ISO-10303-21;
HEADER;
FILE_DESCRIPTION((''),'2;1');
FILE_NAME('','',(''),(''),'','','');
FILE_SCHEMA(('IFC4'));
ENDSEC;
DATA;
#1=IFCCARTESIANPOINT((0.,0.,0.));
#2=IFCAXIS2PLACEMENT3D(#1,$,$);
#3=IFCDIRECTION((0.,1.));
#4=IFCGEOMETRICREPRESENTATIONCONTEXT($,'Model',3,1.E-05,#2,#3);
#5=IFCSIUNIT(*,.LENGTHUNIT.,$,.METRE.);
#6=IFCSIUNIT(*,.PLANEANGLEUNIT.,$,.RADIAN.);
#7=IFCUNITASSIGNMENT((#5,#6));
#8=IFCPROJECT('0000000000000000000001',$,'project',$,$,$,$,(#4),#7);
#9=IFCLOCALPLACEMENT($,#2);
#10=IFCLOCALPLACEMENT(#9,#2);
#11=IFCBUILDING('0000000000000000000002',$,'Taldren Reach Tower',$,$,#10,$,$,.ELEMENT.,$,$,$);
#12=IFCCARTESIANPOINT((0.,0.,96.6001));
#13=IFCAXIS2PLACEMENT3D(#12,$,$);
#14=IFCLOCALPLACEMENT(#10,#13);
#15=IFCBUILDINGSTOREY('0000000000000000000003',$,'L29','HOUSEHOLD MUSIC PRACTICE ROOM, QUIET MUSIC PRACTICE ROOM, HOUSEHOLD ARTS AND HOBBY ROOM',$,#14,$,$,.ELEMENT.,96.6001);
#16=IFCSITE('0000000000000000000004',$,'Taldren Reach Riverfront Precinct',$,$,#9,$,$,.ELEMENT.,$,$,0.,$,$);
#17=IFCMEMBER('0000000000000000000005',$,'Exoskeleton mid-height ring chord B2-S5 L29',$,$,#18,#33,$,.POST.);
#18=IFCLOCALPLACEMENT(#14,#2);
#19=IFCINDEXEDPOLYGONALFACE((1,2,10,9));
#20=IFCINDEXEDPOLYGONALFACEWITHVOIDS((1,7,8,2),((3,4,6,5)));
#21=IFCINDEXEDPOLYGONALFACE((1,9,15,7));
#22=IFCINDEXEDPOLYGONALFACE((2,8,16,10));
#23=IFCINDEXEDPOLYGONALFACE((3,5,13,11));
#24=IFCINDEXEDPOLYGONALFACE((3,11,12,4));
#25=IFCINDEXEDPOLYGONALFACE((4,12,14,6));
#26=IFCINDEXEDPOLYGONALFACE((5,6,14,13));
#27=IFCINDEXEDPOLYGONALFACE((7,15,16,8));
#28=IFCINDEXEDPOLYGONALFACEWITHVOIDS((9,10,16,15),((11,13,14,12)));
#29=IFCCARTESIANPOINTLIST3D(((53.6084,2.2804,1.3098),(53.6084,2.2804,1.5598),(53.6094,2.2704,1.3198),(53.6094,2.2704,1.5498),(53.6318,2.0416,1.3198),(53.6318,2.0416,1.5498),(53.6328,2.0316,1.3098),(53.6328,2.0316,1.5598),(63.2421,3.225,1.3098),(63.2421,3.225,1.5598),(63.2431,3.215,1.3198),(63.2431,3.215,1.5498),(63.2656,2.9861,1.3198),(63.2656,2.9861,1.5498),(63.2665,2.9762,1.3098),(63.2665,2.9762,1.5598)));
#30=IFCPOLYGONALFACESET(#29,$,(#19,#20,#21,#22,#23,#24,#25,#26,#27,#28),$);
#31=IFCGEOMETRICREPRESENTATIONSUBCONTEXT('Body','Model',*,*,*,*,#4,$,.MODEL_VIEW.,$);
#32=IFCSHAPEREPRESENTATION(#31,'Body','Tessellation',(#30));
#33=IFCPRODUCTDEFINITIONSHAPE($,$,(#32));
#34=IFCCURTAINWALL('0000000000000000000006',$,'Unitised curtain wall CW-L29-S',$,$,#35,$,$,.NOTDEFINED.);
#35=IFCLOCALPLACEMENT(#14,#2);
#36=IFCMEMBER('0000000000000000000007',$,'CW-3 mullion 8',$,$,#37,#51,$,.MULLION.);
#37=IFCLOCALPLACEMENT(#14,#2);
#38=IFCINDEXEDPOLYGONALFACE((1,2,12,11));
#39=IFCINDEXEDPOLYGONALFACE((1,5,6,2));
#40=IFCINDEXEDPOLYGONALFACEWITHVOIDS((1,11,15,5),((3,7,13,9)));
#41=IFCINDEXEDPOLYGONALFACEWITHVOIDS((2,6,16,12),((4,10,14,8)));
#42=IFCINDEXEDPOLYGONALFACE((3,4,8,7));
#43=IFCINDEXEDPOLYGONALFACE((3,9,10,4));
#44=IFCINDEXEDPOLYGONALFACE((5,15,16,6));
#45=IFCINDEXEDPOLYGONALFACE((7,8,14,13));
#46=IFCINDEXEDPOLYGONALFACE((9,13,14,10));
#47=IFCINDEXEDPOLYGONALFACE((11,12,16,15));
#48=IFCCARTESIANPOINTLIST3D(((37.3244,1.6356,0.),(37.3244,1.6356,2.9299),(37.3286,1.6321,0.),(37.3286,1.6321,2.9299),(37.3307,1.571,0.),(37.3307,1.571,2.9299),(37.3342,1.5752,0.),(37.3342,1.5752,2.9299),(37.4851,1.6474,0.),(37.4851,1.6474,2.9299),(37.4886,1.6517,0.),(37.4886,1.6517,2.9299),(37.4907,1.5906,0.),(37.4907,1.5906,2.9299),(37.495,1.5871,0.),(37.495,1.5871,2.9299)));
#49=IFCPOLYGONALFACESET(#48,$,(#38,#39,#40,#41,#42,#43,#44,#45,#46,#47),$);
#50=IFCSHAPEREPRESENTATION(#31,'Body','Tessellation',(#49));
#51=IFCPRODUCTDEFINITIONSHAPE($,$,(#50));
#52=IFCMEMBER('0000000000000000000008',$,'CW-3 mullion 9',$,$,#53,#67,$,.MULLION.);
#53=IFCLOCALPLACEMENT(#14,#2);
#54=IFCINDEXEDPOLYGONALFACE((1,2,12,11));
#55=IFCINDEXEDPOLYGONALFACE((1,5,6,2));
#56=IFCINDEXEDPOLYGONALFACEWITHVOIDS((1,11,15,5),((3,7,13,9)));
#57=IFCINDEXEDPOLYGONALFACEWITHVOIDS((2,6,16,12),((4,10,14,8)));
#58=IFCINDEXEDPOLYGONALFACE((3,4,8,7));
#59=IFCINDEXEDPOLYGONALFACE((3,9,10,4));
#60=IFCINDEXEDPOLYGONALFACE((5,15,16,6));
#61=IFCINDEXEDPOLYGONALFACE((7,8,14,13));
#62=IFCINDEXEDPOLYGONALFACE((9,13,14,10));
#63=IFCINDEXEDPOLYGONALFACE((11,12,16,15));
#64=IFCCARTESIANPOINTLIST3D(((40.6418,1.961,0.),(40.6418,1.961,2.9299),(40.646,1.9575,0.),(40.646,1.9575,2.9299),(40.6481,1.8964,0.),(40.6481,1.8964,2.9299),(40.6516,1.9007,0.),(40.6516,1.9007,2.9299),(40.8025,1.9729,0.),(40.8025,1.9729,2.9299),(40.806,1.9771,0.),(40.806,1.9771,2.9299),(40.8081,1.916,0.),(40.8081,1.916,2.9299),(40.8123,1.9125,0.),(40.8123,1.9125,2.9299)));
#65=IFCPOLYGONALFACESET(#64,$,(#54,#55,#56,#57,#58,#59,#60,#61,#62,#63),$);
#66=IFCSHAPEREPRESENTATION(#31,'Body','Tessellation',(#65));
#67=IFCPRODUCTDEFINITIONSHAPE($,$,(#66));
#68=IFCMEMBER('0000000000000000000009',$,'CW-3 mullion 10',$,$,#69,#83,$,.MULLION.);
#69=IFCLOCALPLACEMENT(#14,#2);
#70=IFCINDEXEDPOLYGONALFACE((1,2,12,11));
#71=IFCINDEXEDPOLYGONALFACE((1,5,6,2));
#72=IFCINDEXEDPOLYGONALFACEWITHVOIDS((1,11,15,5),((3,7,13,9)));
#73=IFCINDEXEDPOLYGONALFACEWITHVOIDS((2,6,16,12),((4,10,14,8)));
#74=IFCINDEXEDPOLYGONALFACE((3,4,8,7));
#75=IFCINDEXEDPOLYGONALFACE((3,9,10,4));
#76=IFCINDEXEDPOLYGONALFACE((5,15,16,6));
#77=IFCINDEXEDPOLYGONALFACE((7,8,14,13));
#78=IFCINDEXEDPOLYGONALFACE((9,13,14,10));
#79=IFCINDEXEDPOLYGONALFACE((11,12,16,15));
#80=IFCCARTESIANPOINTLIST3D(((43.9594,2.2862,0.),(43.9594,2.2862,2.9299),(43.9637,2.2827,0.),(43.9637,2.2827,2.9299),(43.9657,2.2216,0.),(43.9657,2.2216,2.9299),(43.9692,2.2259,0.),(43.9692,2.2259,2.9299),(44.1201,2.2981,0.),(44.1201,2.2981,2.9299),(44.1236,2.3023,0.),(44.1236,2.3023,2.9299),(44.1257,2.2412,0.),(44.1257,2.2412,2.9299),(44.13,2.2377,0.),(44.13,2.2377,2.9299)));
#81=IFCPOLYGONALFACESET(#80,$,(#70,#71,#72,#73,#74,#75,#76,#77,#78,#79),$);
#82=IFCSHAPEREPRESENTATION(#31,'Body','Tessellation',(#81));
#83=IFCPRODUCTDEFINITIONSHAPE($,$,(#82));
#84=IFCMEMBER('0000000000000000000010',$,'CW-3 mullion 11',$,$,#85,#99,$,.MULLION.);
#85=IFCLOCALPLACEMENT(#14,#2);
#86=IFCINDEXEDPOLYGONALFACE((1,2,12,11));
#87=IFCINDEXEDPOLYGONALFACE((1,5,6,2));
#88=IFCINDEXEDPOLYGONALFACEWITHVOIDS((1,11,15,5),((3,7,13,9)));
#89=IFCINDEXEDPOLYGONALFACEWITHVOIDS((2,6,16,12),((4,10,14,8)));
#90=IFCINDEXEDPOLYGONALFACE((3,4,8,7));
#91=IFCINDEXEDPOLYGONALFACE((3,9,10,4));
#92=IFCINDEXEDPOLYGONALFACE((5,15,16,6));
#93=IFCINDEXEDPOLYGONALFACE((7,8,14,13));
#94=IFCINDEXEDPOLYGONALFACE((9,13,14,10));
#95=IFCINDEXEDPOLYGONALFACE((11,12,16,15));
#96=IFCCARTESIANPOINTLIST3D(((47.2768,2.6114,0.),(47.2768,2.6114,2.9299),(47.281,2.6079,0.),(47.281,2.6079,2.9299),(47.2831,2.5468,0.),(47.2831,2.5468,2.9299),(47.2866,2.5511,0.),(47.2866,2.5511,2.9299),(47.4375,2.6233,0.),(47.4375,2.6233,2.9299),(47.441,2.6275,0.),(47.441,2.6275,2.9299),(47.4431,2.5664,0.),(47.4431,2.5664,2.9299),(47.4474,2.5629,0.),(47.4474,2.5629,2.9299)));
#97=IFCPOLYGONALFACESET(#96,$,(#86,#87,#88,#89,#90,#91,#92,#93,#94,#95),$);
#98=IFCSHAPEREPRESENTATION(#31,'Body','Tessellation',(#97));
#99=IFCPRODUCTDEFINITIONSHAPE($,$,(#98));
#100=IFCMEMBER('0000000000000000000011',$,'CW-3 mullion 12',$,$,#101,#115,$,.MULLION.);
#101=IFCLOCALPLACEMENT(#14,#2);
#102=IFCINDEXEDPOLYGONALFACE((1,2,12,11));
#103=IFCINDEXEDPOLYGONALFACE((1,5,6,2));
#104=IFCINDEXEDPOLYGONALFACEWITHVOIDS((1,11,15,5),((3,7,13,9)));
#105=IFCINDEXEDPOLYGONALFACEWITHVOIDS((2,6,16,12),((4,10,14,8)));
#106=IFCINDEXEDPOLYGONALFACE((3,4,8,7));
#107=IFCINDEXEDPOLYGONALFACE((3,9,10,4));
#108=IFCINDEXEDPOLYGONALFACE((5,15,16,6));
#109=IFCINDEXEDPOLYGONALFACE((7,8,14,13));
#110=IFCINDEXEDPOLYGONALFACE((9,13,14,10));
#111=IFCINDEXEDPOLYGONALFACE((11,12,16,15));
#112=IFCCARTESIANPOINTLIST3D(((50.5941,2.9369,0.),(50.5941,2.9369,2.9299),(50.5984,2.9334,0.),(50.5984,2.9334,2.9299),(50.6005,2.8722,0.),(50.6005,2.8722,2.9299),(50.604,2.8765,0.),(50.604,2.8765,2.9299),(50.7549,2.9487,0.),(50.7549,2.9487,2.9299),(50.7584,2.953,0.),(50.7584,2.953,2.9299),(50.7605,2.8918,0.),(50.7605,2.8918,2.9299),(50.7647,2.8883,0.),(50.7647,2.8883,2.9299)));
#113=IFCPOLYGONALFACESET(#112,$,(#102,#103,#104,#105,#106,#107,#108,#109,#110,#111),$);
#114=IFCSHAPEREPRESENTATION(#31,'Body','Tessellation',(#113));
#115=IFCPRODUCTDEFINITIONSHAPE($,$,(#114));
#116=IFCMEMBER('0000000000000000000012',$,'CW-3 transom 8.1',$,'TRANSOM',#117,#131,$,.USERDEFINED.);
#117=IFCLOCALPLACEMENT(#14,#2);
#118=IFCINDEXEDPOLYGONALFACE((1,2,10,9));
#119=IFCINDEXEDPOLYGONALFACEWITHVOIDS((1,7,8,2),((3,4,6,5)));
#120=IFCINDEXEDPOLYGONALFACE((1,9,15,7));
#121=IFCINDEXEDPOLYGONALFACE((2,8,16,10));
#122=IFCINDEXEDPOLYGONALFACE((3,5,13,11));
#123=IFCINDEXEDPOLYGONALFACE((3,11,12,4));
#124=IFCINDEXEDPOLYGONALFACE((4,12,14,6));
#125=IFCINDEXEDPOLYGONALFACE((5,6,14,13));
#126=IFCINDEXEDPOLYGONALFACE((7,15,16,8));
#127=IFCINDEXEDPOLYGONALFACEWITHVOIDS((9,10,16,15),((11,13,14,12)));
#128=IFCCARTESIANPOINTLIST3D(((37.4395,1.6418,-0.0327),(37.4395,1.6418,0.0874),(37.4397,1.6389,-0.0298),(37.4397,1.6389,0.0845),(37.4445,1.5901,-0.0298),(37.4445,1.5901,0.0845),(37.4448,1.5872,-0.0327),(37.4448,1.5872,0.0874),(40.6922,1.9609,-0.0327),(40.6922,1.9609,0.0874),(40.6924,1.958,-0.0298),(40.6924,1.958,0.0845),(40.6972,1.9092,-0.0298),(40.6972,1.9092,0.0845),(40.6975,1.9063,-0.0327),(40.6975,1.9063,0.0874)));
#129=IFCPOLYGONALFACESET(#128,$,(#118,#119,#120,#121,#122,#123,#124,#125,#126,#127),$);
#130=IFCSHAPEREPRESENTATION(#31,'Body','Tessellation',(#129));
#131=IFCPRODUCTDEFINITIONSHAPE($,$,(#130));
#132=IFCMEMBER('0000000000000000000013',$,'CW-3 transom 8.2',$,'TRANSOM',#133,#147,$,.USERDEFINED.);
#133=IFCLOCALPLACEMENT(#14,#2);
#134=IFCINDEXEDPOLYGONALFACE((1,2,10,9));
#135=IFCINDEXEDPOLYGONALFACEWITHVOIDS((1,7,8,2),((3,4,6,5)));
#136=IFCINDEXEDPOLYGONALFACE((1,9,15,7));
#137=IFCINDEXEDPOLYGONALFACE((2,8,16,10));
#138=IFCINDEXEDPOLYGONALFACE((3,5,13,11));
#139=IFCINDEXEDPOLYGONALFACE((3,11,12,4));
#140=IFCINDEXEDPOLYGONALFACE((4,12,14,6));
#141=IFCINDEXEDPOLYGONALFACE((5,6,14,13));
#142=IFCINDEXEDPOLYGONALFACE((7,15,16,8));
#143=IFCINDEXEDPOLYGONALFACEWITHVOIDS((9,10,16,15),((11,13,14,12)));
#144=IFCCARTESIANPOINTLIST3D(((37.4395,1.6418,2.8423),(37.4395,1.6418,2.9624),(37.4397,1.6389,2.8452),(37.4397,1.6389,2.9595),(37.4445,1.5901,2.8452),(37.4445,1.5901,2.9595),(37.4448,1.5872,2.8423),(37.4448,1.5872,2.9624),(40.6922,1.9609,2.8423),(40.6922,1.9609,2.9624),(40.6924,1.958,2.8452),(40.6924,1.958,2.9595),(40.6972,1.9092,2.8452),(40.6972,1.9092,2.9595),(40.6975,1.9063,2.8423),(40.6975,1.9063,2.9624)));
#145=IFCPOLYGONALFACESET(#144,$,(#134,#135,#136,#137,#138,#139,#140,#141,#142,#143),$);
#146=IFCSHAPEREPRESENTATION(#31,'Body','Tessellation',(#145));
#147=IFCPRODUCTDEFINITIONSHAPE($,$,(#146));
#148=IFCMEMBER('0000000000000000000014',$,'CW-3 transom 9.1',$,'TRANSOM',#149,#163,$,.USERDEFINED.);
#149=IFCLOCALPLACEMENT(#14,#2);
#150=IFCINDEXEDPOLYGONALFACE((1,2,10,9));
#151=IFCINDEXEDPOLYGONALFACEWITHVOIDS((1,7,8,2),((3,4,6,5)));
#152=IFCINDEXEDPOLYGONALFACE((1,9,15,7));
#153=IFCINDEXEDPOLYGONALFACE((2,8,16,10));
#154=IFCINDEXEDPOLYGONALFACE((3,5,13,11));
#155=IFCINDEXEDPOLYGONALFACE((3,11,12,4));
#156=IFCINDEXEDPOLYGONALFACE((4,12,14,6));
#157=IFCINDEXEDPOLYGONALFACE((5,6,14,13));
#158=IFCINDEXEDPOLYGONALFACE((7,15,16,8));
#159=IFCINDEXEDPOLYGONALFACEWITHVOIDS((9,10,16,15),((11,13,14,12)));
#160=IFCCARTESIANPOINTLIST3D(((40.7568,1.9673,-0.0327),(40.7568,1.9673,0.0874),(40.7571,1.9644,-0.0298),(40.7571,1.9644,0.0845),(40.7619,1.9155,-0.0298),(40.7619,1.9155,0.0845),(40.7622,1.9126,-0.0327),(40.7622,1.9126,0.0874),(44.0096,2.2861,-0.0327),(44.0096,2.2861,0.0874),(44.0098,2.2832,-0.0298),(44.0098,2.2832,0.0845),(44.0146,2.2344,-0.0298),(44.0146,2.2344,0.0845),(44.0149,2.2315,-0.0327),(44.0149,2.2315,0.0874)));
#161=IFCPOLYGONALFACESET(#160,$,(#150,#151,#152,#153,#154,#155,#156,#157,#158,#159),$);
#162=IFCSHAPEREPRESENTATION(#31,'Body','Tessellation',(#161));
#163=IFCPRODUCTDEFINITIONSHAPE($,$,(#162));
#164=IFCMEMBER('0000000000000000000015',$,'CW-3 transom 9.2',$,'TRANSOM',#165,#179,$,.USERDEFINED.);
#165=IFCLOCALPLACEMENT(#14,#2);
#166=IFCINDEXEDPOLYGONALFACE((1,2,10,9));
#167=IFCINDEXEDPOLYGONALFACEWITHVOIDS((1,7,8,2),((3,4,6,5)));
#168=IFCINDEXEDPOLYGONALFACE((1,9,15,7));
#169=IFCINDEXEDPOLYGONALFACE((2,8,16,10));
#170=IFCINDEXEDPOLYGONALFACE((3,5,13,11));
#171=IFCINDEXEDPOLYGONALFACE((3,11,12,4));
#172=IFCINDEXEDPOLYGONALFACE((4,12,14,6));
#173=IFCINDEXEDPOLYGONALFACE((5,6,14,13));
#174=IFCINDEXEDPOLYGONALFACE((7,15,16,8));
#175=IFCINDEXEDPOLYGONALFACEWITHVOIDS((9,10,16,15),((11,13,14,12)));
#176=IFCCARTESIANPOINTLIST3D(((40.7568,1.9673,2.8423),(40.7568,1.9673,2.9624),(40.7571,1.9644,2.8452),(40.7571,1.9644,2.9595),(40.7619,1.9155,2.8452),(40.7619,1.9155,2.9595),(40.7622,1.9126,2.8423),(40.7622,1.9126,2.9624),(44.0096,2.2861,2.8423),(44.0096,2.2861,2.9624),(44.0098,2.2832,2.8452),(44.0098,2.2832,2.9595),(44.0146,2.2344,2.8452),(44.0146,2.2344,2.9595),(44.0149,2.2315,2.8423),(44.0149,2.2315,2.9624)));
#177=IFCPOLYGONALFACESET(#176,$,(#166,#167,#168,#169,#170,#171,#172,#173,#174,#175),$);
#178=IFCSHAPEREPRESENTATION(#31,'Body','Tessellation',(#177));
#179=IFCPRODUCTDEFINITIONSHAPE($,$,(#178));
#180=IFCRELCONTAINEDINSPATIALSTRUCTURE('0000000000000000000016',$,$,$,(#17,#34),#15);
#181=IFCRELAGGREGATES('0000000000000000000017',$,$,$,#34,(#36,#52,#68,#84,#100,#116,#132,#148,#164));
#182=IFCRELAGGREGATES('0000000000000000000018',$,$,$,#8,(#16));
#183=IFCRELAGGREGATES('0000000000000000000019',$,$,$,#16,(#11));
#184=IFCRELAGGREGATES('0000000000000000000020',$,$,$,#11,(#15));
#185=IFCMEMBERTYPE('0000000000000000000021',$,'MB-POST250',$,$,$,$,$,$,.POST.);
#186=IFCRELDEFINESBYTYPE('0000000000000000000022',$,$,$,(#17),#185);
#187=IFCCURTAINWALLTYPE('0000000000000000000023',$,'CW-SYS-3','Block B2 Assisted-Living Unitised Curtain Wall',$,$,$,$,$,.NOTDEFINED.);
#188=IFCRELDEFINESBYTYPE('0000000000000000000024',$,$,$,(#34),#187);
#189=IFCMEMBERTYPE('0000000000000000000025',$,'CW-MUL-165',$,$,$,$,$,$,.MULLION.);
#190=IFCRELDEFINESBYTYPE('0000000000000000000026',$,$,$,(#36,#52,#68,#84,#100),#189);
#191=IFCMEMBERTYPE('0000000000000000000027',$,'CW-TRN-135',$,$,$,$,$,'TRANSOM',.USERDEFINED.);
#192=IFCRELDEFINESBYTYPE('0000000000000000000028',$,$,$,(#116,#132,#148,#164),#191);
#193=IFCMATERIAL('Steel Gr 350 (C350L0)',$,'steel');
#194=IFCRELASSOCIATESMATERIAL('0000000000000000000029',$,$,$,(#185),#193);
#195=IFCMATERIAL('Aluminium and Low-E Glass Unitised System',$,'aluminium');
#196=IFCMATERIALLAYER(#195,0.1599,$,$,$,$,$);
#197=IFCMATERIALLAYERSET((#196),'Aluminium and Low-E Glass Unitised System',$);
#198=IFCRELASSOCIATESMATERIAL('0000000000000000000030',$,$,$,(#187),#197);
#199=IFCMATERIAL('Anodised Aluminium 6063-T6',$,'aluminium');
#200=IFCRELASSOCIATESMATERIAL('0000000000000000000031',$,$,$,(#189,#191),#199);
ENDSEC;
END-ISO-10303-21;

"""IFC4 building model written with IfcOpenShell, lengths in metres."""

from ifc_helpers import new_model, si_unit, direction, frame, origin, origin_2d, place, context, subcontext, project, spatial, hollow_rectangle, extrude, source, transform, mapped, material, layer, layer_set, material_profile, profile_set, type_object, element, aggregate, save


model = new_model("IFC4")

# Units and contexts
model_context = context("Model", 3, precision=1e-05, world=origin(), true_north=direction((0.0, 1.0)))
body_context = subcontext(model_context, "Body", "Model", "MODEL_VIEW")
ifc_project = project(units=[si_unit("LENGTHUNIT", "METRE"), si_unit("PLANEANGLEUNIT", "RADIAN")], contexts=[model_context])

# Site, building, storey
site_placement = place(None, origin())
site = spatial("IfcSite", under=ifc_project, at=site_placement, Name="Taldren Reach Riverfront Precinct", CompositionType="ELEMENT", RefElevation=0.0)
building_placement = place(site_placement, origin())
building = spatial("IfcBuilding", under=site, at=building_placement, Name="Taldren Reach Tower", CompositionType="ELEMENT")
storey_placement = place(building_placement, frame((0.0, 0.0, 96.6001)))
storey = spatial("IfcBuildingStorey", under=building, at=storey_placement, Name="L29", Description="HOUSEHOLD MUSIC PRACTICE ROOM, QUIET MUSIC PRACTICE ROOM, HOUSEHOLD ARTS AND HOBBY ROOM", CompositionType="ELEMENT", Elevation=96.6001)

# Shared definitions
ifc_material_1 = material(Name="Steel Gr 350 (C350L0)", Category="steel")
ifc_material_profile_1 = material_profile(ifc_material_1, hollow_rectangle(XDim=0.25, YDim=0.25, WallThickness=0.01, at=origin_2d()), Name="250x250x10.0SHS")
ifc_profile_set_1 = profile_set([ifc_material_profile_1], Name="Steel Gr 350 (C350L0)")
member_type_1 = type_object("IfcMemberType", Name="MB-POST250", PredefinedType="POST", material=ifc_profile_set_1)

# Member
shared_shape_1 = source(origin(), body_context, "Body", "SweptSolid", [
    extrude(hollow_rectangle(XDim=0.25, YDim=0.25, WallThickness=0.01, at=origin_2d()), origin(), (0.0, 0.0, 1.0), 9.6799),
])
for number, where, z_axis, x_axis, name in (
    (1, (53.6206, 2.156, 1.4348), (0.995228, 0.097581, 0.0), (-0.097581, 0.995228, 0.0), "Exoskeleton mid-height ring chord B2-S5 L29"),
):
    element("IfcMember", number, at=place(storey_placement, frame(where, z_axis=z_axis, x_axis=x_axis)), inside=storey, type_object=member_type_1, Name=name, PredefinedType="POST", context=body_context, shape_type="MappedRepresentation", body=[
        mapped(shared_shape_1, transform((0.0, 0.0, 0.0), scale=1.0)),
    ])

# Curtain wall, members
ifc_material_2 = material(Name="Aluminium and Low-E Glass Unitised System", Category="aluminium")
ifc_layer_1 = layer(ifc_material_2, 0.1599)
ifc_layer_set_1 = layer_set([ifc_layer_1], Name="Aluminium and Low-E Glass Unitised System")
curtain_wall_type = type_object("IfcCurtainWallType", Name="CW-SYS-3", Description="Block B2 Assisted-Living Unitised Curtain Wall", PredefinedType="NOTDEFINED", material=ifc_layer_set_1)
curtain_wall_placement = place(storey_placement, origin())
curtain_wall = element("IfcCurtainWall", 2, at=curtain_wall_placement, inside=storey, type_object=curtain_wall_type, Name="Unitised curtain wall CW-L29-S", PredefinedType="NOTDEFINED")
ifc_material_3 = material(Name="Anodised Aluminium 6063-T6", Category="aluminium")
ifc_material_profile_2 = material_profile(ifc_material_3, hollow_rectangle(XDim=0.0649, YDim=0.165, WallThickness=0.0039, at=origin_2d()), Name="ALU-165x65x4RHS")
ifc_profile_set_2 = profile_set([ifc_material_profile_2], Name="Anodised Aluminium 6063-T6")
member_type_2 = type_object("IfcMemberType", Name="CW-MUL-165", PredefinedType="MULLION", material=ifc_profile_set_2)
shared_shape_2 = source(origin(), body_context, "Body", "SweptSolid", [
    extrude(hollow_rectangle(XDim=0.0649, YDim=0.165, WallThickness=0.0039, at=origin_2d()), origin(), (0.0, 0.0, 1.0), 2.9299),
])
member_1_placement = place(storey_placement, frame((37.4097, 1.6113, 0.0), z_axis=(0.0, 0.0, 1.0), x_axis=(-0.097583, 0.995227, 0.0)))
member_1 = element("IfcMember", 3, at=member_1_placement, type_object=member_type_2, Name="CW-3 mullion 8", PredefinedType="MULLION", context=body_context, shape_type="MappedRepresentation", body=[
    mapped(shared_shape_2, transform((0.0, 0.0, 0.0), scale=1.0)),
])
member_2_placement = place(storey_placement, frame((40.7271, 1.9368, 0.0), z_axis=(0.0, 0.0, 1.0), x_axis=(-0.097583, 0.995227, 0.0)))
member_2 = element("IfcMember", 4, at=member_2_placement, type_object=member_type_2, Name="CW-3 mullion 9", PredefinedType="MULLION", context=body_context, shape_type="MappedRepresentation", body=[
    mapped(shared_shape_2, transform((0.0, 0.0, 0.0), scale=1.0)),
])
member_3_placement = place(storey_placement, frame((44.0447, 2.262, 0.0), z_axis=(0.0, 0.0, 1.0), x_axis=(-0.097583, 0.995227, 0.0)))
member_3 = element("IfcMember", 5, at=member_3_placement, type_object=member_type_2, Name="CW-3 mullion 10", PredefinedType="MULLION", context=body_context, shape_type="MappedRepresentation", body=[
    mapped(shared_shape_2, transform((0.0, 0.0, 0.0), scale=1.0)),
])
member_4_placement = place(storey_placement, frame((47.3621, 2.5872, 0.0), z_axis=(0.0, 0.0, 1.0), x_axis=(-0.097583, 0.995227, 0.0)))
member_4 = element("IfcMember", 6, at=member_4_placement, type_object=member_type_2, Name="CW-3 mullion 11", PredefinedType="MULLION", context=body_context, shape_type="MappedRepresentation", body=[
    mapped(shared_shape_2, transform((0.0, 0.0, 0.0), scale=1.0)),
])
member_5_placement = place(storey_placement, frame((50.6794, 2.9126, 0.0), z_axis=(0.0, 0.0, 1.0), x_axis=(-0.097583, 0.995227, 0.0)))
member_5 = element("IfcMember", 7, at=member_5_placement, type_object=member_type_2, Name="CW-3 mullion 12", PredefinedType="MULLION", context=body_context, shape_type="MappedRepresentation", body=[
    mapped(shared_shape_2, transform((0.0, 0.0, 0.0), scale=1.0)),
])
ifc_material_profile_3 = material_profile(ifc_material_3, hollow_rectangle(XDim=0.0549, YDim=0.1201, WallThickness=0.0029, at=origin_2d()), Name="ALU-120x55x3RHS")
ifc_profile_set_3 = profile_set([ifc_material_profile_3], Name="Anodised Aluminium 6063-T6")
member_type_3 = type_object("IfcMemberType", Name="CW-TRN-135", ElementType="TRANSOM", PredefinedType="USERDEFINED", material=ifc_profile_set_3)
shared_shape_3 = source(origin(), body_context, "Body", "SweptSolid", [
    extrude(hollow_rectangle(XDim=0.0549, YDim=0.1201, WallThickness=0.0029, at=origin_2d()), origin(), (0.0, 0.0, 1.0), 3.2683),
])
member_6_placement = place(storey_placement, frame((37.4421, 1.6145, 0.0273), z_axis=(0.995223, 0.097632, 0.0), x_axis=(-0.097632, 0.995223, 0.0)))
member_6 = element("IfcMember", 8, at=member_6_placement, type_object=member_type_3, Name="CW-3 transom 8.1", ObjectType="TRANSOM", PredefinedType="USERDEFINED", context=body_context, shape_type="MappedRepresentation", body=[
    mapped(shared_shape_3, transform((0.0, 0.0, 0.0), scale=1.0)),
])
member_7_placement = place(storey_placement, frame((37.4421, 1.6145, 2.9023), z_axis=(0.995223, 0.097632, 0.0), x_axis=(-0.097632, 0.995223, 0.0)))
member_7 = element("IfcMember", 9, at=member_7_placement, type_object=member_type_3, Name="CW-3 transom 8.2", ObjectType="TRANSOM", PredefinedType="USERDEFINED", context=body_context, shape_type="MappedRepresentation", body=[
    mapped(shared_shape_3, transform((0.0, 0.0, 0.0), scale=1.0)),
])
member_8_placement = place(storey_placement, frame((40.7595, 1.9399, 0.0273), z_axis=(0.99523, 0.097558, 0.0), x_axis=(-0.097558, 0.99523, 0.0)))
member_8 = element("IfcMember", 10, at=member_8_placement, type_object=member_type_3, Name="CW-3 transom 9.1", ObjectType="TRANSOM", PredefinedType="USERDEFINED", context=body_context, shape_type="MappedRepresentation", body=[
    mapped(shared_shape_3, transform((0.0, 0.0, 0.0), scale=1.0)),
])
member_9_placement = place(storey_placement, frame((40.7595, 1.9399, 2.9023), z_axis=(0.99523, 0.097558, 0.0), x_axis=(-0.097558, 0.99523, 0.0)))
member_9 = element("IfcMember", 11, at=member_9_placement, type_object=member_type_3, Name="CW-3 transom 9.2", ObjectType="TRANSOM", PredefinedType="USERDEFINED", context=body_context, shape_type="MappedRepresentation", body=[
    mapped(shared_shape_3, transform((0.0, 0.0, 0.0), scale=1.0)),
])

aggregate(curtain_wall, [member_1, member_2, member_3, member_4, member_5, member_6, member_7, member_8, member_9])

save(model, "model.ifc")
